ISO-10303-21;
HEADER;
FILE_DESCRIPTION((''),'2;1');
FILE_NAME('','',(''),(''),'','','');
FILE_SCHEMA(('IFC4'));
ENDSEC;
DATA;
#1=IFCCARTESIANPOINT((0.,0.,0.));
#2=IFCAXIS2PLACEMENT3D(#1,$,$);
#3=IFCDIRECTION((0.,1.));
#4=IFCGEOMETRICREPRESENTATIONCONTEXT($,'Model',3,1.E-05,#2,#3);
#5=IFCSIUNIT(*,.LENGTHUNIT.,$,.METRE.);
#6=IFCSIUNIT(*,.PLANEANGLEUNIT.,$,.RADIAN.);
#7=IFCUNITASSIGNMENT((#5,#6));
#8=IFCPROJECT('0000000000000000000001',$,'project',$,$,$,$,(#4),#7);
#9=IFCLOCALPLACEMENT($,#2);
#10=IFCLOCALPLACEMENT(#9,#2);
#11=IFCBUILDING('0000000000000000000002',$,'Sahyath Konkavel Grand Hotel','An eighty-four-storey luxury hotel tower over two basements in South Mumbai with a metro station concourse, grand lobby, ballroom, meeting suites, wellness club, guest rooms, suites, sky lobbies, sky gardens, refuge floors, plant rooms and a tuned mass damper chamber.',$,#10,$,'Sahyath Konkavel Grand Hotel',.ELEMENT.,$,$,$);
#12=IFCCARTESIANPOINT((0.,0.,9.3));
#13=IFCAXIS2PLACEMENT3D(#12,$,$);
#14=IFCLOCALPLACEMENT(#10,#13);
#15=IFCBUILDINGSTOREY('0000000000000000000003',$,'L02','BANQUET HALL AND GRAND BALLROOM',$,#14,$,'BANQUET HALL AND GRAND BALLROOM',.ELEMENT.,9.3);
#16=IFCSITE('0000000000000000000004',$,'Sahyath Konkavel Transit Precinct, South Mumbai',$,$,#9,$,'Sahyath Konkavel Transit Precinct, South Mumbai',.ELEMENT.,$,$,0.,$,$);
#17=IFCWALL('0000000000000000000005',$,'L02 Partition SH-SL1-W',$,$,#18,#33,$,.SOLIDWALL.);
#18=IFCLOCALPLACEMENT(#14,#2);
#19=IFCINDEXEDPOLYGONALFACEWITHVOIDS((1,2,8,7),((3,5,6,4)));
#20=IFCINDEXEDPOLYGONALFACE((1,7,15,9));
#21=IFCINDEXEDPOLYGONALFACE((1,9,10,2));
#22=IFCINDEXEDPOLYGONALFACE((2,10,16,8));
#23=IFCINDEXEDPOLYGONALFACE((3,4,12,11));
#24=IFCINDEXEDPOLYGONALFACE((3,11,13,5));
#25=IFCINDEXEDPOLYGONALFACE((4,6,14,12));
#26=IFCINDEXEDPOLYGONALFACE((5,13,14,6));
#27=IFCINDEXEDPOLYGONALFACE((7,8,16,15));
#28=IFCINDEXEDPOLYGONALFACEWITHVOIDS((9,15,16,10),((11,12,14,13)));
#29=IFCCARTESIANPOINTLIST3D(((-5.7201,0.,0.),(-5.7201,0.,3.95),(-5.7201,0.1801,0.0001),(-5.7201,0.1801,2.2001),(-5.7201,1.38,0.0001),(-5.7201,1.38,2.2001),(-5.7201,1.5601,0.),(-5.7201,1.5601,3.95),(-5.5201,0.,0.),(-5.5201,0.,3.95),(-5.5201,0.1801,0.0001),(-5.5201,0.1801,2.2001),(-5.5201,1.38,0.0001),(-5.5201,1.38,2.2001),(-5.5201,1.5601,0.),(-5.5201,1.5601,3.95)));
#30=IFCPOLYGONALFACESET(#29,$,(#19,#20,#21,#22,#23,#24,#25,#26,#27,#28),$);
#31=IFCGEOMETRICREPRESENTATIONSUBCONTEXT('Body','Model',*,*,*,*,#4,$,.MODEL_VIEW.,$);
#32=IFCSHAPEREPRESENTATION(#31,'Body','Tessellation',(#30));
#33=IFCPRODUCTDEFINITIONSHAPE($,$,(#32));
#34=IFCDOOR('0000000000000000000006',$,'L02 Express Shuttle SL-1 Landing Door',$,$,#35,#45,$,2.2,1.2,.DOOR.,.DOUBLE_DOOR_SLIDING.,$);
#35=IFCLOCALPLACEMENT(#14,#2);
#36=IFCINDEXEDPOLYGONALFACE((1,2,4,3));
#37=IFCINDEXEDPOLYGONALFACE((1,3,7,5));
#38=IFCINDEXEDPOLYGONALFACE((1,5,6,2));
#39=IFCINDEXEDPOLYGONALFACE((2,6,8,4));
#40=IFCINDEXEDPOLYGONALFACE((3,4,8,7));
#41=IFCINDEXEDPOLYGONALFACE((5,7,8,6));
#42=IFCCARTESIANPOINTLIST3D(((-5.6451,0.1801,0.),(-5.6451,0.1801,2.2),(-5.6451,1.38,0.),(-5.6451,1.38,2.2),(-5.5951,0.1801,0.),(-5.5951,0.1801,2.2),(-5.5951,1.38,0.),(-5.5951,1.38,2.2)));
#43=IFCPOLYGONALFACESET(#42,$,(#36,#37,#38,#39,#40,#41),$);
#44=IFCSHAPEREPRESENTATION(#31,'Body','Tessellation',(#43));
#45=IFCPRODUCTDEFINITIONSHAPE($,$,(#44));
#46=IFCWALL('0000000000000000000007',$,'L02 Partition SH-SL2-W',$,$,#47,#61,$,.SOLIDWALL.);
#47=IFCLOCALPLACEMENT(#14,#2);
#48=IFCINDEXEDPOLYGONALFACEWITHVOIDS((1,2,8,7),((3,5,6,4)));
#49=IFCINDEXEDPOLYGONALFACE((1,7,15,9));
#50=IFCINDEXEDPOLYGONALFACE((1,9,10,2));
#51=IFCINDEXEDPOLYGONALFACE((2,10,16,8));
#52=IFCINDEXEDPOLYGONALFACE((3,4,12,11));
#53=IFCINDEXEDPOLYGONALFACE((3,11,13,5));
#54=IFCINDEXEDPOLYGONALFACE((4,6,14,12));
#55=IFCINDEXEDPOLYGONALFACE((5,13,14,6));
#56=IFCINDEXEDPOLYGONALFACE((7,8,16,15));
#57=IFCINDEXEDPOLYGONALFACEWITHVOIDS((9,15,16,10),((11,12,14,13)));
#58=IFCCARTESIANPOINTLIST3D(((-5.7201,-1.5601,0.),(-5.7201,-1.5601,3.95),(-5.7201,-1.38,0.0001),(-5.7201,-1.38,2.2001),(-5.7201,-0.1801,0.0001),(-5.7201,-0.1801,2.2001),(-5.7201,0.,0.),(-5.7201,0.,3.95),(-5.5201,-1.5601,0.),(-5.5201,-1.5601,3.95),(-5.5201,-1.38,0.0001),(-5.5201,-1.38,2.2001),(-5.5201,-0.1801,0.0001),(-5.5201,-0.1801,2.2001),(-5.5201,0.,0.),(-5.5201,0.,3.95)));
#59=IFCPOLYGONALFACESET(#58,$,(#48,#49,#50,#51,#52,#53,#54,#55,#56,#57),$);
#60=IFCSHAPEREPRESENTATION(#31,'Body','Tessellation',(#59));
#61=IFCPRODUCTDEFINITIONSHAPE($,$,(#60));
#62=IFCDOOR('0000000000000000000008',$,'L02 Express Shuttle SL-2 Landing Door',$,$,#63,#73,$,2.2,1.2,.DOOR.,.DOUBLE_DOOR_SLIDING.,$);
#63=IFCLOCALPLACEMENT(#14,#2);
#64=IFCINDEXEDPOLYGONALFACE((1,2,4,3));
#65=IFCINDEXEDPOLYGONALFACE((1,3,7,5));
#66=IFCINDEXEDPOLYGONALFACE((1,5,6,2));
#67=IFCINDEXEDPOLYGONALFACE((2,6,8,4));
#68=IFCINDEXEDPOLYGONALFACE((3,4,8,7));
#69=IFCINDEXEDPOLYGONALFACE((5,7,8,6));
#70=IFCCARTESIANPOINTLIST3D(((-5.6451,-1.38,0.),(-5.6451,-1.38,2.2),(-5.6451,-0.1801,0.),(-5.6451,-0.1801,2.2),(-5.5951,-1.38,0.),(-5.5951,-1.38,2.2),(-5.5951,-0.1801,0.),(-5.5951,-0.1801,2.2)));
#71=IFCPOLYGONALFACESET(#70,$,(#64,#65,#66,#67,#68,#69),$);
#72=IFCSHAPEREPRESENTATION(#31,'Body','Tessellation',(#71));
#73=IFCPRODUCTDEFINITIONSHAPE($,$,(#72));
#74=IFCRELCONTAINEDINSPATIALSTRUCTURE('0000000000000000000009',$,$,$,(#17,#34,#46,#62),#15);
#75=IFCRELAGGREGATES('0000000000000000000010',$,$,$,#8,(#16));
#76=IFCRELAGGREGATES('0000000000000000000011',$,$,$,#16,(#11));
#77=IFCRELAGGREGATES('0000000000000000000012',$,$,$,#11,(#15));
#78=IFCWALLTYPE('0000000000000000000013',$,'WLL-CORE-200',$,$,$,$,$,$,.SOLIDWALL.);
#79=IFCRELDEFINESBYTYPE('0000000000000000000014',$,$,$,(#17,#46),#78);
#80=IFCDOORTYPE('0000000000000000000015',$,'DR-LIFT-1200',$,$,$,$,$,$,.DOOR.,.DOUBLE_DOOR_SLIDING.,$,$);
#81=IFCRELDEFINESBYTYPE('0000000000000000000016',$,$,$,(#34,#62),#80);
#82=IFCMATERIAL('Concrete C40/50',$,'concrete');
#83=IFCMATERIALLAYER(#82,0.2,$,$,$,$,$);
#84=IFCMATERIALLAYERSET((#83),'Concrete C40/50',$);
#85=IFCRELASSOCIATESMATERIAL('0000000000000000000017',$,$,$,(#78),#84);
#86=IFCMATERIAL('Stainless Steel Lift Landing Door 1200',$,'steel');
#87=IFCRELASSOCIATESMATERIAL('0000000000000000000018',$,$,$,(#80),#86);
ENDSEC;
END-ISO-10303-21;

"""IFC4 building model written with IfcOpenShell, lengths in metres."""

from ifc_helpers import new_model, si_unit, direction, frame, frame_2d, origin, origin_2d, place, context, subcontext, project, spatial, rectangle, extrude, source, transform, mapped, material, layer, layer_set, type_object, element, fill, save


model = new_model("IFC4")

# Units and contexts
model_context = context("Model", 3, precision=1e-05, world=origin(), true_north=direction((0.0, 1.0)))
body_context = subcontext(model_context, "Body", "Model", "MODEL_VIEW")
ifc_project = project(units=[si_unit("LENGTHUNIT", "METRE"), si_unit("PLANEANGLEUNIT", "RADIAN")], contexts=[model_context])

# Site, building, storey
site_placement = place(None, origin())
site = spatial("IfcSite", under=ifc_project, at=site_placement, Name="Sahyath Konkavel Transit Precinct, South Mumbai", LongName="Sahyath Konkavel Transit Precinct, South Mumbai", CompositionType="ELEMENT", RefElevation=0.0)
building_placement = place(site_placement, origin())
building = spatial("IfcBuilding", under=site, at=building_placement, Name="Sahyath Konkavel Grand Hotel", Description="An eighty-four-storey luxury hotel tower over two basements in South Mumbai with a metro station concourse, grand lobby, ballroom, meeting suites, wellness club, guest rooms, suites, sky lobbies, sky gardens, refuge floors, plant rooms and a tuned mass damper chamber.", LongName="Sahyath Konkavel Grand Hotel", CompositionType="ELEMENT")
storey_placement = place(building_placement, frame((0.0, 0.0, 9.3)))
storey = spatial("IfcBuildingStorey", under=building, at=storey_placement, Name="L02", Description="BANQUET HALL AND GRAND BALLROOM", LongName="BANQUET HALL AND GRAND BALLROOM", CompositionType="ELEMENT", Elevation=9.3)

# Shared definitions
ifc_material_1 = material(Name="Concrete C40/50", Category="concrete")
ifc_layer_1 = layer(ifc_material_1, 0.2)
ifc_layer_set_1 = layer_set([ifc_layer_1], Name="Concrete C40/50")
wall_type = type_object("IfcWallType", Name="WLL-CORE-200", PredefinedType="SOLIDWALL", material=ifc_layer_set_1)

# Shared definitions
ifc_material_2 = material(Name="Stainless Steel Lift Landing Door 1200", Category="steel")
door_type_1 = type_object("IfcDoorType", Name="DR-LIFT-1200", OperationType="DOUBLE_DOOR_SLIDING", PredefinedType="DOOR", material=ifc_material_2)
shared_shape_1 = source(origin(), body_context, "Body", "SweptSolid", [
    extrude(rectangle(XDim=1.2, YDim=0.05, at=origin_2d()), origin(), (0.0, 0.0, 1.0), 2.2),
])

# Walls, openings, doors
wall_1_placement = place(storey_placement, frame((-5.6201, 0.0, 0.0), z_axis=(0.0, 0.0, 1.0), x_axis=(0.0, 1.0, 0.0)))
wall_1 = element("IfcWall", 1, at=wall_1_placement, inside=storey, type_object=wall_type, Name="L02 Partition SH-SL1-W", PredefinedType="SOLIDWALL", context=body_context, shape_type="SweptSolid", body=[
    extrude(rectangle(XDim=1.5601, YDim=0.2, at=frame_2d((0.78, 0.0))), origin(), (0.0, 0.0, 1.0), 3.95),
])
opening_1_placement = place(wall_1_placement, frame((0.1799, 0.0, 0.0)))
opening_1 = element("IfcOpeningElement", 2, at=opening_1_placement, cuts=wall_1, PredefinedType="OPENING", context=body_context, shape_type="SweptSolid", body=[
    extrude(rectangle(XDim=1.2, YDim=2.2, at=frame_2d((0.6001, 1.1001))), frame((0.0, 0.1099, 0.0), z_axis=(0.0, -1.0, 0.0), x_axis=(1.0, 0.0, 0.0)), (0.0, 0.0, 1.0), 0.22),
])
door_1_placement = place(opening_1_placement, frame((0.6001, 0.0, 0.0)))
door_1 = element("IfcDoor", 3, at=door_1_placement, inside=storey, type_object=door_type_1, Name="L02 Express Shuttle SL-1 Landing Door", OperationType="DOUBLE_DOOR_SLIDING", OverallHeight=2.2, OverallWidth=1.2, PredefinedType="DOOR", context=body_context, shape_type="MappedRepresentation", body=[
    mapped(shared_shape_1, transform((0.0, 0.0, 0.0), scale=1.0)),
])
fill(opening_1, door_1)
wall_2_placement = place(storey_placement, frame((-5.6201, -1.5601, 0.0), z_axis=(0.0, 0.0, 1.0), x_axis=(0.0, 1.0, 0.0)))
wall_2 = element("IfcWall", 4, at=wall_2_placement, inside=storey, type_object=wall_type, Name="L02 Partition SH-SL2-W", PredefinedType="SOLIDWALL", context=body_context, shape_type="SweptSolid", body=[
    extrude(rectangle(XDim=1.5601, YDim=0.2, at=frame_2d((0.78, 0.0))), origin(), (0.0, 0.0, 1.0), 3.95),
])
opening_2_placement = place(wall_2_placement, frame((0.1799, 0.0, 0.0)))
opening_2 = element("IfcOpeningElement", 5, at=opening_2_placement, cuts=wall_2, PredefinedType="OPENING", context=body_context, shape_type="SweptSolid", body=[
    extrude(rectangle(XDim=1.2, YDim=2.2, at=frame_2d((0.6001, 1.1001))), frame((0.0, 0.1099, 0.0), z_axis=(0.0, -1.0, 0.0), x_axis=(1.0, 0.0, 0.0)), (0.0, 0.0, 1.0), 0.22),
])
door_2_placement = place(opening_2_placement, frame((0.6001, 0.0, 0.0)))
door_2 = element("IfcDoor", 6, at=door_2_placement, inside=storey, type_object=door_type_1, Name="L02 Express Shuttle SL-2 Landing Door", OperationType="DOUBLE_DOOR_SLIDING", OverallHeight=2.2, OverallWidth=1.2, PredefinedType="DOOR", context=body_context, shape_type="MappedRepresentation", body=[
    mapped(shared_shape_1, transform((0.0, 0.0, 0.0), scale=1.0)),
])
fill(opening_2, door_2)

save(model, "model.ifc")
